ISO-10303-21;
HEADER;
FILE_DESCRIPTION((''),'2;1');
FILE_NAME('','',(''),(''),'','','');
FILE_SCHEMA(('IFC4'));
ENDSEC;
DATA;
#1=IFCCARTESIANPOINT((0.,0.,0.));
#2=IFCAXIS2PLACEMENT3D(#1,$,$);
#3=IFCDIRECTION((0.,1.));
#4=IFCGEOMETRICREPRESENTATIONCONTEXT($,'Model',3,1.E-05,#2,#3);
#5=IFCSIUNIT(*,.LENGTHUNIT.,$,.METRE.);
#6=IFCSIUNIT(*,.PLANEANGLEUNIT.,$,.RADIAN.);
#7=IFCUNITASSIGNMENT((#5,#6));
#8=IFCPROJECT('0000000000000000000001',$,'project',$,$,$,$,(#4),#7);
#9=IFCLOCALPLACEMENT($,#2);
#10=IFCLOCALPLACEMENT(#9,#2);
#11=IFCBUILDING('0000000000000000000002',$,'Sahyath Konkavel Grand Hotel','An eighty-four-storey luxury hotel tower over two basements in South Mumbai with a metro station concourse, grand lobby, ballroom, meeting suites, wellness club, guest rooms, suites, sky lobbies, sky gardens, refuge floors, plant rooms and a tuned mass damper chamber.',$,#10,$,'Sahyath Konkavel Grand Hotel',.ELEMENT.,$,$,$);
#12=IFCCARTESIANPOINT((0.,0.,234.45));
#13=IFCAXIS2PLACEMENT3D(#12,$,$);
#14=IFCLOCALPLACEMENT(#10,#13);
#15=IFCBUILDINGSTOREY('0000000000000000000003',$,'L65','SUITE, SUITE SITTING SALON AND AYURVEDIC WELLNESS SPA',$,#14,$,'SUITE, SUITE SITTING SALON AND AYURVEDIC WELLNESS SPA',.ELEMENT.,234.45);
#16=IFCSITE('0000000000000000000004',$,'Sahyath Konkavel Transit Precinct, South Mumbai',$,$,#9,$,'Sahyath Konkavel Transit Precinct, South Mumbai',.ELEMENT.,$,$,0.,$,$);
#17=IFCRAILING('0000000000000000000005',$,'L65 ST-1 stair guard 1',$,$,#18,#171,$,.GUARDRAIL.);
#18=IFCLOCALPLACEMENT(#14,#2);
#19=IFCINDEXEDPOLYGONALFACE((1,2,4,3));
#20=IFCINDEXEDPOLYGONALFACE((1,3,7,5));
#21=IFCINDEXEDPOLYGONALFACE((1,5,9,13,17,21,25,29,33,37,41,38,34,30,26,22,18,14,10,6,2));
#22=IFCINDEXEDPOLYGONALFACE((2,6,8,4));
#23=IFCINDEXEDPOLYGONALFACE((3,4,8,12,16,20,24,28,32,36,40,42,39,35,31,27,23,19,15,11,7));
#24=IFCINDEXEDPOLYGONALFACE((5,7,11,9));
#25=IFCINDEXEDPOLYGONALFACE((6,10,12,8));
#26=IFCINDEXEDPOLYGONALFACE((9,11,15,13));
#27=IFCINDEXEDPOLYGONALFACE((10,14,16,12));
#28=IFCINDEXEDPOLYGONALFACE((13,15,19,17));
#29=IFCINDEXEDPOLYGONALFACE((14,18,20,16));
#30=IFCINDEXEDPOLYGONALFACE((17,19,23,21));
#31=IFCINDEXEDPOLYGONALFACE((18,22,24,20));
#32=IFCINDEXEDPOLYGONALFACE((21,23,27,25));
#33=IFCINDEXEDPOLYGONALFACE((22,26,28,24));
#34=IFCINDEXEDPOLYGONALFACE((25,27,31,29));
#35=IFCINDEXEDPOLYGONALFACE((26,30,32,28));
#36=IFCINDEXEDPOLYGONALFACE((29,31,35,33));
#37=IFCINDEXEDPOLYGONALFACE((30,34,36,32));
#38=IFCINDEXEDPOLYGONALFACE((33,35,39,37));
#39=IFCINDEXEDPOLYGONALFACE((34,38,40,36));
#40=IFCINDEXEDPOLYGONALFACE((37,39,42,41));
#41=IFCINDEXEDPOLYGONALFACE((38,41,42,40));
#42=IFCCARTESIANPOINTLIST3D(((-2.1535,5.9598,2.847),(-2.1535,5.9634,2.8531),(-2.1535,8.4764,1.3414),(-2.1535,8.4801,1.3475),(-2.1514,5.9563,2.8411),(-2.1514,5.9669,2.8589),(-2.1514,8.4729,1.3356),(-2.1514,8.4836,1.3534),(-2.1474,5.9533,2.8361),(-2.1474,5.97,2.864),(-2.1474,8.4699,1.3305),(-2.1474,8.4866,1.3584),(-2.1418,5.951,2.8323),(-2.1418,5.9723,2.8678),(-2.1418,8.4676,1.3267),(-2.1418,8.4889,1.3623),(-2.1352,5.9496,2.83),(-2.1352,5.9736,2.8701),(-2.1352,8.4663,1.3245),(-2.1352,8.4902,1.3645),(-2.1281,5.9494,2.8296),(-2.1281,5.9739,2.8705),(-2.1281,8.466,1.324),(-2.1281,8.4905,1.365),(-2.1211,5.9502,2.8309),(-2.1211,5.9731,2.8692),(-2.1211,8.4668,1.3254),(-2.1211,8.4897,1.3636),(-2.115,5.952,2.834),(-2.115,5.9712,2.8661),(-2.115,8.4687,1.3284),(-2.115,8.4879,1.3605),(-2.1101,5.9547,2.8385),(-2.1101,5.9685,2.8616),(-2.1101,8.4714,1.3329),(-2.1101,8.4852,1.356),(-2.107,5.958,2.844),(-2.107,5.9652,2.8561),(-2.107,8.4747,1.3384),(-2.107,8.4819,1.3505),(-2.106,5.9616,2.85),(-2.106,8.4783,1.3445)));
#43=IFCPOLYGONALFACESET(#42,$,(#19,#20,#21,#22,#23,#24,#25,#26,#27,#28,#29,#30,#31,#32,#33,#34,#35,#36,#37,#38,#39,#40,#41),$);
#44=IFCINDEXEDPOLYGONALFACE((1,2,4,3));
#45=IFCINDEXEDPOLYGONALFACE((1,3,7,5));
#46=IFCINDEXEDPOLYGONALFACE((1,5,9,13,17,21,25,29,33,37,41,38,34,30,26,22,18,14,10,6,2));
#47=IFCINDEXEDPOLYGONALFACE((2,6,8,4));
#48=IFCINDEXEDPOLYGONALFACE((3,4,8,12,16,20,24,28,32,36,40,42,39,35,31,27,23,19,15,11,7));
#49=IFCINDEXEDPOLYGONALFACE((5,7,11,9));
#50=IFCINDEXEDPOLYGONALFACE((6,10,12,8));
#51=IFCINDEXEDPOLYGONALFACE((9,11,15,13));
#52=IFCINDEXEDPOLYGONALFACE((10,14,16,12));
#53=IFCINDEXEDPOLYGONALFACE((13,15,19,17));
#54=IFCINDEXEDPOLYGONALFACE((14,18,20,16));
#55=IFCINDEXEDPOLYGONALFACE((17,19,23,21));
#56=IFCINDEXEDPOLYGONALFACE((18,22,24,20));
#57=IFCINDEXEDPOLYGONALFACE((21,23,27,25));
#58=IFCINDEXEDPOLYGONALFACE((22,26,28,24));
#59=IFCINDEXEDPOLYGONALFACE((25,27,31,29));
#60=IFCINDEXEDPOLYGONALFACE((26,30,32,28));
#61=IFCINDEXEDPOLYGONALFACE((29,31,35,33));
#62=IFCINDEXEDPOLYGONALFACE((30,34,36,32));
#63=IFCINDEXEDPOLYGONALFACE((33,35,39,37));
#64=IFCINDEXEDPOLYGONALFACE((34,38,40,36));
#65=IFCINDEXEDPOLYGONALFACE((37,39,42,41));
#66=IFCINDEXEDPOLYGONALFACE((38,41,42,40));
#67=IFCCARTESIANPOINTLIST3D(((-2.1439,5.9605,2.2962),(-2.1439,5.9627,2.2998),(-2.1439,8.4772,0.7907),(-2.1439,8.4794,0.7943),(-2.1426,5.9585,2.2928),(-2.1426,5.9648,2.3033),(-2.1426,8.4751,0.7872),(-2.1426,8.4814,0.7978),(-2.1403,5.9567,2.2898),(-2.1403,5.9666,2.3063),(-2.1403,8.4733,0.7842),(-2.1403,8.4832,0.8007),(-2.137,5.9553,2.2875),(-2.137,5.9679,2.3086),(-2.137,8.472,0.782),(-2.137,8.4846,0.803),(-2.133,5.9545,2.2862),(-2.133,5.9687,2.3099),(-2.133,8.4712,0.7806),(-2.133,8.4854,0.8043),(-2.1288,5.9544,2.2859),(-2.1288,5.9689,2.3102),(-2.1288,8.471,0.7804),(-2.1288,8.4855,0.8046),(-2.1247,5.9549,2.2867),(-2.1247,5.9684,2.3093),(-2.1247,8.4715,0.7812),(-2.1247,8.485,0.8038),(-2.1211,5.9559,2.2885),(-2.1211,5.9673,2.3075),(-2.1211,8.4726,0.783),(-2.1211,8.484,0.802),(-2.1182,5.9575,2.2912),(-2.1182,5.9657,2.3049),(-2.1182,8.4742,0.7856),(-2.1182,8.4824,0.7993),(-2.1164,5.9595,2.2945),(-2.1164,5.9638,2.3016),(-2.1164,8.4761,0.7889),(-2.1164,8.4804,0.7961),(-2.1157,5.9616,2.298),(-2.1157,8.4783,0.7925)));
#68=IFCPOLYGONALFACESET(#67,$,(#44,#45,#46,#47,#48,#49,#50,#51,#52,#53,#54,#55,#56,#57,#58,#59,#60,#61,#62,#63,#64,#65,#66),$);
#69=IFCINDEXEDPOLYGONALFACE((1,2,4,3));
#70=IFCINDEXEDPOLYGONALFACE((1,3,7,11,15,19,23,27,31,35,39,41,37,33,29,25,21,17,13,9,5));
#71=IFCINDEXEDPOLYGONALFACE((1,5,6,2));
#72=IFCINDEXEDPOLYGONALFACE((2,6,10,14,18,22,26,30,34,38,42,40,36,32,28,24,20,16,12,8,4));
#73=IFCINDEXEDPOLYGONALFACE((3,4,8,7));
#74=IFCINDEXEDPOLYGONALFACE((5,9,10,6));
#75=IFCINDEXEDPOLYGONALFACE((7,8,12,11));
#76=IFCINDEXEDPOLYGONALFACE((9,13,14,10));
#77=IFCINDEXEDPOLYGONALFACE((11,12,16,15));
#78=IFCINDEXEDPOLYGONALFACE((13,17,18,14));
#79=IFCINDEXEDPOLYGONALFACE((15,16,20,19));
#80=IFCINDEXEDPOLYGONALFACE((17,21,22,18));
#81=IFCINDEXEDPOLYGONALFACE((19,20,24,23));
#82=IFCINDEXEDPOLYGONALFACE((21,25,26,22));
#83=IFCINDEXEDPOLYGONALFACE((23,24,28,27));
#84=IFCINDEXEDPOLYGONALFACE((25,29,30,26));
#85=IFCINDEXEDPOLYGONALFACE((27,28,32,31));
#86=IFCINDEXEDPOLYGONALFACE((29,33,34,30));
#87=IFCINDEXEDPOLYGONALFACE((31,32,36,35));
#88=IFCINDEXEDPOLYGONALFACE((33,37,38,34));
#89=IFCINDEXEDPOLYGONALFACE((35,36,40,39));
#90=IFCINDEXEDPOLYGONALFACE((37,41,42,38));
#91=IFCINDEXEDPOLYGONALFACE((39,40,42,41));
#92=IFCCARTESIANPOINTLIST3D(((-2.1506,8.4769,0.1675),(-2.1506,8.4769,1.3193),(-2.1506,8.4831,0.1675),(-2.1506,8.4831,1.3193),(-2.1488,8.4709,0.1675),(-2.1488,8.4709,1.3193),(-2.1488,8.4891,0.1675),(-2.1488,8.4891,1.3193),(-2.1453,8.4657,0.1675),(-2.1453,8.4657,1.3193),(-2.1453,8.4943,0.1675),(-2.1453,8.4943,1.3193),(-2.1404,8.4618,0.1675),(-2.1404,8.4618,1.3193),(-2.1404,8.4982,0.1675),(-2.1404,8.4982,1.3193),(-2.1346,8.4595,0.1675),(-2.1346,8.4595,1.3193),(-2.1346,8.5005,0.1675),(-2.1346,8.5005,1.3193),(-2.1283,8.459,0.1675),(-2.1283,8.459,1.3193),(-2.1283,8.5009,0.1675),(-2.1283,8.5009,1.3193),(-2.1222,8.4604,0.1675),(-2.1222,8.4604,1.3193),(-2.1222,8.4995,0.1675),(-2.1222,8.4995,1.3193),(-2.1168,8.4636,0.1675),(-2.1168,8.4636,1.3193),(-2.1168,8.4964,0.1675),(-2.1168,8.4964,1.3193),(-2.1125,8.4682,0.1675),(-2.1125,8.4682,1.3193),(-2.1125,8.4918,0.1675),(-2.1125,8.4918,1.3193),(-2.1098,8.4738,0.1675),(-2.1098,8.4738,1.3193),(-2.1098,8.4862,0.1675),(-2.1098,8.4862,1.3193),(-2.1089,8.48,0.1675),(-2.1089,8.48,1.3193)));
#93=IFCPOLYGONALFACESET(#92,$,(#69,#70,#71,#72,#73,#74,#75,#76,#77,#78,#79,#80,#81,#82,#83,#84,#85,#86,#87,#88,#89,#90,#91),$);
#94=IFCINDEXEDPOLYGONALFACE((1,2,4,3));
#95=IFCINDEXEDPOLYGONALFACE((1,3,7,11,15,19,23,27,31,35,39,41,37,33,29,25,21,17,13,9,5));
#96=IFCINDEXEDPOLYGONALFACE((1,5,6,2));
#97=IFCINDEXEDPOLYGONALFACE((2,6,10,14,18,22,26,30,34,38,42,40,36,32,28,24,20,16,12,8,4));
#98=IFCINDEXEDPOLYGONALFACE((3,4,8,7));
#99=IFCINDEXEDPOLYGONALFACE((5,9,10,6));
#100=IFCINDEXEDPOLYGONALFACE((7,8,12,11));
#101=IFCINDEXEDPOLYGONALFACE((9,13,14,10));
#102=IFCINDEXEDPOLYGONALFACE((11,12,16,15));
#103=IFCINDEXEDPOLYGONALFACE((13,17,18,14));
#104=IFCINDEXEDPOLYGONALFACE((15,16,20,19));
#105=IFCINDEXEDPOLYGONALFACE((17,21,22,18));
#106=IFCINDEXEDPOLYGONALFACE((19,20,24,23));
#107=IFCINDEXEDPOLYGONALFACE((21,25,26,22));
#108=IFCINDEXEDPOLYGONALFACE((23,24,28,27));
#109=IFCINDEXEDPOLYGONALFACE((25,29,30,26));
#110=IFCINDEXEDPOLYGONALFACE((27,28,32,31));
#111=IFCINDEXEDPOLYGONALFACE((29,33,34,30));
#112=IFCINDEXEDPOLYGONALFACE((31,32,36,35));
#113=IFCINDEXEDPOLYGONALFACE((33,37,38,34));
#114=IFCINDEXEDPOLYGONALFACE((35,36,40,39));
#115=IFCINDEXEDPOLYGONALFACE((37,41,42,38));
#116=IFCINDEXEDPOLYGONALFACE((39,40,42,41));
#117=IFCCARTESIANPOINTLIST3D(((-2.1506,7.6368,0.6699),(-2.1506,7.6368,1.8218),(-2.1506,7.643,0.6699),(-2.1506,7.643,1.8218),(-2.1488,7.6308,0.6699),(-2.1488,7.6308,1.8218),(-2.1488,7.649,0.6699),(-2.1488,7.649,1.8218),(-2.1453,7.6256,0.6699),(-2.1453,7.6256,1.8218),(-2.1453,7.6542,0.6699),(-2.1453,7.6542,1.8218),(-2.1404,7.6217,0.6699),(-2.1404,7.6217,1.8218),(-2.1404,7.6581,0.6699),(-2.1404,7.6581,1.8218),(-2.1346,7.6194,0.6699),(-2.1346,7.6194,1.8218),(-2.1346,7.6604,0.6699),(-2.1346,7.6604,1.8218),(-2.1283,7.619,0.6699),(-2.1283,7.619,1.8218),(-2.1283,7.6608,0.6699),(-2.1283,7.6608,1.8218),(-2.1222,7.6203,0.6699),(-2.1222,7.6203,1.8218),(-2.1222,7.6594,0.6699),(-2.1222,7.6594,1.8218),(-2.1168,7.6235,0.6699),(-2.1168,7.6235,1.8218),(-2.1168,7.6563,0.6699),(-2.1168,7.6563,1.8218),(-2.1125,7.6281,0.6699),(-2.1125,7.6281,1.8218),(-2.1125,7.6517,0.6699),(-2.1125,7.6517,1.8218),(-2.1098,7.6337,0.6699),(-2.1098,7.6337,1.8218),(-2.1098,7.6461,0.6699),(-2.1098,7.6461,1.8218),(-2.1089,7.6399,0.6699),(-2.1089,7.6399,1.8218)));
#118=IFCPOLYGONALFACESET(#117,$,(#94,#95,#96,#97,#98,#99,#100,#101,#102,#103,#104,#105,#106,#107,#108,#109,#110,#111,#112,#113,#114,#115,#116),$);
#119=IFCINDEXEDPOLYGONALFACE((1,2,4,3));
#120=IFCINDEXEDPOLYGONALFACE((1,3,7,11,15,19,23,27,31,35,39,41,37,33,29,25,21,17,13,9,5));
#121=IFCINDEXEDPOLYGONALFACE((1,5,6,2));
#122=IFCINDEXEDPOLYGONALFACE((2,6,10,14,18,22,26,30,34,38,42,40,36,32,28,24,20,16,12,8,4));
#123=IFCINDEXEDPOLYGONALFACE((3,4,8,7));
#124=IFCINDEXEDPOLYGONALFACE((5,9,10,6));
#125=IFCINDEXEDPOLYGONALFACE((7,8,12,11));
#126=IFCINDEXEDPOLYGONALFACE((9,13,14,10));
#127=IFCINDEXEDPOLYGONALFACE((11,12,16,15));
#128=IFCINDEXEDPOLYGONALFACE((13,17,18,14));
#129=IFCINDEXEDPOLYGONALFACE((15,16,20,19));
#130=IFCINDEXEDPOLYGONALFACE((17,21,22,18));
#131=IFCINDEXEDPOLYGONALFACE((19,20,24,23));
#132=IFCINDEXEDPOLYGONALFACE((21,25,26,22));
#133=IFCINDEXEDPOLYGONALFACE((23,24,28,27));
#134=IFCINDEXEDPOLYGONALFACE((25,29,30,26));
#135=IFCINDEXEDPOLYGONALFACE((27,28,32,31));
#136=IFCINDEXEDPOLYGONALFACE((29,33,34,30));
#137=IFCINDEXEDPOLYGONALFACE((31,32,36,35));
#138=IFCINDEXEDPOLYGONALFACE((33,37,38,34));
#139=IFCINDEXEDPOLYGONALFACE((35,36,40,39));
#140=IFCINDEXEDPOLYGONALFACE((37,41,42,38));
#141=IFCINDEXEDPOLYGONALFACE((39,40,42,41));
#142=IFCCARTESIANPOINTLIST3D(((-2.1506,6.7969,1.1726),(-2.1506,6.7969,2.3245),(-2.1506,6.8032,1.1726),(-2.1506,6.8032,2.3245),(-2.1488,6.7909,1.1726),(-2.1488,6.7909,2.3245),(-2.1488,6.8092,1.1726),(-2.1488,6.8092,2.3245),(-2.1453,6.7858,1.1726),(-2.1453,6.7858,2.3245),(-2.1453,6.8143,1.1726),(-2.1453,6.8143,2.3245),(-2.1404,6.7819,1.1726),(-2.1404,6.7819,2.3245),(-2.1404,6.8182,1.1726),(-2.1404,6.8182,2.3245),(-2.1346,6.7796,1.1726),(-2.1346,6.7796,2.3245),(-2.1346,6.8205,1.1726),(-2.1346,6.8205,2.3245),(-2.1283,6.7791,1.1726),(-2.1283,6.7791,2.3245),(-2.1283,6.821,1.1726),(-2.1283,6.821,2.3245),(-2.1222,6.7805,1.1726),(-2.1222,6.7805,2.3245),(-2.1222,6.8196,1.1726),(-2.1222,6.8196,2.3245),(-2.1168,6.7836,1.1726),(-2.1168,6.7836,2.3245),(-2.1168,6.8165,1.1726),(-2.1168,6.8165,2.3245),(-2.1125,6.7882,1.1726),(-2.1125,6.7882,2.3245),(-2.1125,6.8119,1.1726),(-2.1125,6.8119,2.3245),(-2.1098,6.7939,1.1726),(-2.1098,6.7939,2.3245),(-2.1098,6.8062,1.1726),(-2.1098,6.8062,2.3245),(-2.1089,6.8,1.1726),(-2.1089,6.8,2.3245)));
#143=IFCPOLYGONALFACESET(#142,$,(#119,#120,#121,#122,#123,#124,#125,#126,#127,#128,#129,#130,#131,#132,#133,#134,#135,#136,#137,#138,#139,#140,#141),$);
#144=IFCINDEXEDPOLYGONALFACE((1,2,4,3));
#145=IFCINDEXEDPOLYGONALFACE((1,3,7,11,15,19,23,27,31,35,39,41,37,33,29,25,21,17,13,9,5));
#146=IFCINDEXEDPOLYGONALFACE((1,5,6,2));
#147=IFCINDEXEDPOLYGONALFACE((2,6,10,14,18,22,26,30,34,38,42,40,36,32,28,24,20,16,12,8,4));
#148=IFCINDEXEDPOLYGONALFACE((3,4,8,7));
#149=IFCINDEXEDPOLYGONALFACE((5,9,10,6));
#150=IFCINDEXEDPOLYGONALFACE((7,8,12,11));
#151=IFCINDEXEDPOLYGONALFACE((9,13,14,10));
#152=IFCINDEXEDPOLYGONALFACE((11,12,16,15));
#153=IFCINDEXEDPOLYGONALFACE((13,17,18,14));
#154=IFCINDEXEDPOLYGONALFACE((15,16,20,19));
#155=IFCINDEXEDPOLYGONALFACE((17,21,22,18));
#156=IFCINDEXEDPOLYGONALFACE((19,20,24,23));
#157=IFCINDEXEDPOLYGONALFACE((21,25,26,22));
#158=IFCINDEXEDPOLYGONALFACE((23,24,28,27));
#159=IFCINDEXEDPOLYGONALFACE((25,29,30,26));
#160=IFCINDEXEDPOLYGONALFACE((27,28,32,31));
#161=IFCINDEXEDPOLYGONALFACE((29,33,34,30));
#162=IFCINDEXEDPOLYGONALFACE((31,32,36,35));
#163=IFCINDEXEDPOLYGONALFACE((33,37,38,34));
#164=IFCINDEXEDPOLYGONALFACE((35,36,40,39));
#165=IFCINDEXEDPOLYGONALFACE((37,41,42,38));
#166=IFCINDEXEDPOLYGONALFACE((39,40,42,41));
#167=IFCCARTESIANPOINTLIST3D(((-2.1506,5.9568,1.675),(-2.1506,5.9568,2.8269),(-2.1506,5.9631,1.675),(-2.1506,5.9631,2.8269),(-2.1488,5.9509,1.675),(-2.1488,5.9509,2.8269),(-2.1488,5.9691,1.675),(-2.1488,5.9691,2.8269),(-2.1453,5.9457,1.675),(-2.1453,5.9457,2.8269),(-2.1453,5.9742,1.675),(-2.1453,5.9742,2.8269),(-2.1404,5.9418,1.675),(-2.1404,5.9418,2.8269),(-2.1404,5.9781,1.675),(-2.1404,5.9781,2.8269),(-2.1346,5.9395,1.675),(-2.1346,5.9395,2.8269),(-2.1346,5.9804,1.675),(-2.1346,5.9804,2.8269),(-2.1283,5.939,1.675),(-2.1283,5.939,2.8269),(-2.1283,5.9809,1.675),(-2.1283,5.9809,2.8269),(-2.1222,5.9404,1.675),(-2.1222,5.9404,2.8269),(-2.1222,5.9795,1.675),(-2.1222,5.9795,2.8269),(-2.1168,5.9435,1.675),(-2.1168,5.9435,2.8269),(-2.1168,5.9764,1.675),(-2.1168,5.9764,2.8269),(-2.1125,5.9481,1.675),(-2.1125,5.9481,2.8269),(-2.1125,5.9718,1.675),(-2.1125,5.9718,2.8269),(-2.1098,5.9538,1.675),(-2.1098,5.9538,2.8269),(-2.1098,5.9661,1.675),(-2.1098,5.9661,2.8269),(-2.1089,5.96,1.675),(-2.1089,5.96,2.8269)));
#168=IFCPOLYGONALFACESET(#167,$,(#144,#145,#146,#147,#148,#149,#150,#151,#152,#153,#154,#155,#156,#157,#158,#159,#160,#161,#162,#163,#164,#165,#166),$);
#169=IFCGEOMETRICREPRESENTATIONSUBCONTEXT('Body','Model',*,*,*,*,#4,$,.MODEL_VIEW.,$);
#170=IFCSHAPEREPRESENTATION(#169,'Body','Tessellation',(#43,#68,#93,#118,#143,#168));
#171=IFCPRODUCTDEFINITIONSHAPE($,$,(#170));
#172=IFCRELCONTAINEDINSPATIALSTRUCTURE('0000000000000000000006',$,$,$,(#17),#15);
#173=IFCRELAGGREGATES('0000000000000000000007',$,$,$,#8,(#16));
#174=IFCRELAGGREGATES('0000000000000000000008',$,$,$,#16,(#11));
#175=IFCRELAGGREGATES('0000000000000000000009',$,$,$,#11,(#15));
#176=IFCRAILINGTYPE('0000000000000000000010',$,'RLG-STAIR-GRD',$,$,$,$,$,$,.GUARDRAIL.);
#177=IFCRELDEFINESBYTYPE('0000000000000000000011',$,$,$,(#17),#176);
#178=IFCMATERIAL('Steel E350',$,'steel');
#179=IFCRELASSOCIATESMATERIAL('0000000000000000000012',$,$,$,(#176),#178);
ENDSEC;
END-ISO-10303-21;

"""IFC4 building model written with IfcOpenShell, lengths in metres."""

from ifc_helpers import new_model, si_unit, direction, frame, origin, origin_2d, place, context, subcontext, project, spatial, circle, extrude, material, type_object, element, save


model = new_model("IFC4")

# Units and contexts
model_context = context("Model", 3, precision=1e-05, world=origin(), true_north=direction((0.0, 1.0)))
body_context = subcontext(model_context, "Body", "Model", "MODEL_VIEW")
ifc_project = project(units=[si_unit("LENGTHUNIT", "METRE"), si_unit("PLANEANGLEUNIT", "RADIAN")], contexts=[model_context])

# Site, building, storey
site_placement = place(None, origin())
site = spatial("IfcSite", under=ifc_project, at=site_placement, Name="Sahyath Konkavel Transit Precinct, South Mumbai", LongName="Sahyath Konkavel Transit Precinct, South Mumbai", CompositionType="ELEMENT", RefElevation=0.0)
building_placement = place(site_placement, origin())
building = spatial("IfcBuilding", under=site, at=building_placement, Name="Sahyath Konkavel Grand Hotel", Description="An eighty-four-storey luxury hotel tower over two basements in South Mumbai with a metro station concourse, grand lobby, ballroom, meeting suites, wellness club, guest rooms, suites, sky lobbies, sky gardens, refuge floors, plant rooms and a tuned mass damper chamber.", LongName="Sahyath Konkavel Grand Hotel", CompositionType="ELEMENT")
storey_placement = place(building_placement, frame((0.0, 0.0, 234.45)))
storey = spatial("IfcBuildingStorey", under=building, at=storey_placement, Name="L65", Description="SUITE, SUITE SITTING SALON AND AYURVEDIC WELLNESS SPA", LongName="SUITE, SUITE SITTING SALON AND AYURVEDIC WELLNESS SPA", CompositionType="ELEMENT", Elevation=234.45)

# Shared definitions
ifc_material_1 = material(Name="Steel E350", Category="steel")

# Railing
railing_type_1 = type_object("IfcRailingType", Name="RLG-STAIR-GRD", PredefinedType="GUARDRAIL", material=ifc_material_1)
railing_1_placement = place(storey_placement, frame((-2.1299, 8.48, 0.1675)))
element("IfcRailing", 1, at=railing_1_placement, inside=storey, type_object=railing_type_1, Name="L65 ST-1 stair guard 1", PredefinedType="GUARDRAIL", context=body_context, shape_type="SweptSolid", body=[
    extrude(circle(Radius=0.0239, at=origin_2d()), frame((0.0, -0.0017, 1.177), z_axis=(0.0, -0.85816, 0.513383), x_axis=(1.0, 0.0, 0.0)), (0.0, 0.0, 1.0), 2.9326),
    extrude(circle(Radius=0.0142, at=origin_2d()), frame((0.0, -0.0017, 0.625), z_axis=(0.0, -0.85816, 0.513383), x_axis=(1.0, 0.0, 0.0)), (0.0, 0.0, 1.0), 2.9326),
    extrude(circle(Radius=0.021, at=origin_2d()), origin(), (0.0, 0.0, 1.0), 1.1519),
    extrude(circle(Radius=0.021, at=origin_2d()), frame((0.0, -0.8401, 0.5024)), (0.0, 0.0, 1.0), 1.1519),
    extrude(circle(Radius=0.021, at=origin_2d()), frame((0.0, -1.6799, 1.0051)), (0.0, 0.0, 1.0), 1.1519),
    extrude(circle(Radius=0.021, at=origin_2d()), frame((0.0, -2.52, 1.5076)), (0.0, 0.0, 1.0), 1.1519),
])

save(model, "model.ifc")
